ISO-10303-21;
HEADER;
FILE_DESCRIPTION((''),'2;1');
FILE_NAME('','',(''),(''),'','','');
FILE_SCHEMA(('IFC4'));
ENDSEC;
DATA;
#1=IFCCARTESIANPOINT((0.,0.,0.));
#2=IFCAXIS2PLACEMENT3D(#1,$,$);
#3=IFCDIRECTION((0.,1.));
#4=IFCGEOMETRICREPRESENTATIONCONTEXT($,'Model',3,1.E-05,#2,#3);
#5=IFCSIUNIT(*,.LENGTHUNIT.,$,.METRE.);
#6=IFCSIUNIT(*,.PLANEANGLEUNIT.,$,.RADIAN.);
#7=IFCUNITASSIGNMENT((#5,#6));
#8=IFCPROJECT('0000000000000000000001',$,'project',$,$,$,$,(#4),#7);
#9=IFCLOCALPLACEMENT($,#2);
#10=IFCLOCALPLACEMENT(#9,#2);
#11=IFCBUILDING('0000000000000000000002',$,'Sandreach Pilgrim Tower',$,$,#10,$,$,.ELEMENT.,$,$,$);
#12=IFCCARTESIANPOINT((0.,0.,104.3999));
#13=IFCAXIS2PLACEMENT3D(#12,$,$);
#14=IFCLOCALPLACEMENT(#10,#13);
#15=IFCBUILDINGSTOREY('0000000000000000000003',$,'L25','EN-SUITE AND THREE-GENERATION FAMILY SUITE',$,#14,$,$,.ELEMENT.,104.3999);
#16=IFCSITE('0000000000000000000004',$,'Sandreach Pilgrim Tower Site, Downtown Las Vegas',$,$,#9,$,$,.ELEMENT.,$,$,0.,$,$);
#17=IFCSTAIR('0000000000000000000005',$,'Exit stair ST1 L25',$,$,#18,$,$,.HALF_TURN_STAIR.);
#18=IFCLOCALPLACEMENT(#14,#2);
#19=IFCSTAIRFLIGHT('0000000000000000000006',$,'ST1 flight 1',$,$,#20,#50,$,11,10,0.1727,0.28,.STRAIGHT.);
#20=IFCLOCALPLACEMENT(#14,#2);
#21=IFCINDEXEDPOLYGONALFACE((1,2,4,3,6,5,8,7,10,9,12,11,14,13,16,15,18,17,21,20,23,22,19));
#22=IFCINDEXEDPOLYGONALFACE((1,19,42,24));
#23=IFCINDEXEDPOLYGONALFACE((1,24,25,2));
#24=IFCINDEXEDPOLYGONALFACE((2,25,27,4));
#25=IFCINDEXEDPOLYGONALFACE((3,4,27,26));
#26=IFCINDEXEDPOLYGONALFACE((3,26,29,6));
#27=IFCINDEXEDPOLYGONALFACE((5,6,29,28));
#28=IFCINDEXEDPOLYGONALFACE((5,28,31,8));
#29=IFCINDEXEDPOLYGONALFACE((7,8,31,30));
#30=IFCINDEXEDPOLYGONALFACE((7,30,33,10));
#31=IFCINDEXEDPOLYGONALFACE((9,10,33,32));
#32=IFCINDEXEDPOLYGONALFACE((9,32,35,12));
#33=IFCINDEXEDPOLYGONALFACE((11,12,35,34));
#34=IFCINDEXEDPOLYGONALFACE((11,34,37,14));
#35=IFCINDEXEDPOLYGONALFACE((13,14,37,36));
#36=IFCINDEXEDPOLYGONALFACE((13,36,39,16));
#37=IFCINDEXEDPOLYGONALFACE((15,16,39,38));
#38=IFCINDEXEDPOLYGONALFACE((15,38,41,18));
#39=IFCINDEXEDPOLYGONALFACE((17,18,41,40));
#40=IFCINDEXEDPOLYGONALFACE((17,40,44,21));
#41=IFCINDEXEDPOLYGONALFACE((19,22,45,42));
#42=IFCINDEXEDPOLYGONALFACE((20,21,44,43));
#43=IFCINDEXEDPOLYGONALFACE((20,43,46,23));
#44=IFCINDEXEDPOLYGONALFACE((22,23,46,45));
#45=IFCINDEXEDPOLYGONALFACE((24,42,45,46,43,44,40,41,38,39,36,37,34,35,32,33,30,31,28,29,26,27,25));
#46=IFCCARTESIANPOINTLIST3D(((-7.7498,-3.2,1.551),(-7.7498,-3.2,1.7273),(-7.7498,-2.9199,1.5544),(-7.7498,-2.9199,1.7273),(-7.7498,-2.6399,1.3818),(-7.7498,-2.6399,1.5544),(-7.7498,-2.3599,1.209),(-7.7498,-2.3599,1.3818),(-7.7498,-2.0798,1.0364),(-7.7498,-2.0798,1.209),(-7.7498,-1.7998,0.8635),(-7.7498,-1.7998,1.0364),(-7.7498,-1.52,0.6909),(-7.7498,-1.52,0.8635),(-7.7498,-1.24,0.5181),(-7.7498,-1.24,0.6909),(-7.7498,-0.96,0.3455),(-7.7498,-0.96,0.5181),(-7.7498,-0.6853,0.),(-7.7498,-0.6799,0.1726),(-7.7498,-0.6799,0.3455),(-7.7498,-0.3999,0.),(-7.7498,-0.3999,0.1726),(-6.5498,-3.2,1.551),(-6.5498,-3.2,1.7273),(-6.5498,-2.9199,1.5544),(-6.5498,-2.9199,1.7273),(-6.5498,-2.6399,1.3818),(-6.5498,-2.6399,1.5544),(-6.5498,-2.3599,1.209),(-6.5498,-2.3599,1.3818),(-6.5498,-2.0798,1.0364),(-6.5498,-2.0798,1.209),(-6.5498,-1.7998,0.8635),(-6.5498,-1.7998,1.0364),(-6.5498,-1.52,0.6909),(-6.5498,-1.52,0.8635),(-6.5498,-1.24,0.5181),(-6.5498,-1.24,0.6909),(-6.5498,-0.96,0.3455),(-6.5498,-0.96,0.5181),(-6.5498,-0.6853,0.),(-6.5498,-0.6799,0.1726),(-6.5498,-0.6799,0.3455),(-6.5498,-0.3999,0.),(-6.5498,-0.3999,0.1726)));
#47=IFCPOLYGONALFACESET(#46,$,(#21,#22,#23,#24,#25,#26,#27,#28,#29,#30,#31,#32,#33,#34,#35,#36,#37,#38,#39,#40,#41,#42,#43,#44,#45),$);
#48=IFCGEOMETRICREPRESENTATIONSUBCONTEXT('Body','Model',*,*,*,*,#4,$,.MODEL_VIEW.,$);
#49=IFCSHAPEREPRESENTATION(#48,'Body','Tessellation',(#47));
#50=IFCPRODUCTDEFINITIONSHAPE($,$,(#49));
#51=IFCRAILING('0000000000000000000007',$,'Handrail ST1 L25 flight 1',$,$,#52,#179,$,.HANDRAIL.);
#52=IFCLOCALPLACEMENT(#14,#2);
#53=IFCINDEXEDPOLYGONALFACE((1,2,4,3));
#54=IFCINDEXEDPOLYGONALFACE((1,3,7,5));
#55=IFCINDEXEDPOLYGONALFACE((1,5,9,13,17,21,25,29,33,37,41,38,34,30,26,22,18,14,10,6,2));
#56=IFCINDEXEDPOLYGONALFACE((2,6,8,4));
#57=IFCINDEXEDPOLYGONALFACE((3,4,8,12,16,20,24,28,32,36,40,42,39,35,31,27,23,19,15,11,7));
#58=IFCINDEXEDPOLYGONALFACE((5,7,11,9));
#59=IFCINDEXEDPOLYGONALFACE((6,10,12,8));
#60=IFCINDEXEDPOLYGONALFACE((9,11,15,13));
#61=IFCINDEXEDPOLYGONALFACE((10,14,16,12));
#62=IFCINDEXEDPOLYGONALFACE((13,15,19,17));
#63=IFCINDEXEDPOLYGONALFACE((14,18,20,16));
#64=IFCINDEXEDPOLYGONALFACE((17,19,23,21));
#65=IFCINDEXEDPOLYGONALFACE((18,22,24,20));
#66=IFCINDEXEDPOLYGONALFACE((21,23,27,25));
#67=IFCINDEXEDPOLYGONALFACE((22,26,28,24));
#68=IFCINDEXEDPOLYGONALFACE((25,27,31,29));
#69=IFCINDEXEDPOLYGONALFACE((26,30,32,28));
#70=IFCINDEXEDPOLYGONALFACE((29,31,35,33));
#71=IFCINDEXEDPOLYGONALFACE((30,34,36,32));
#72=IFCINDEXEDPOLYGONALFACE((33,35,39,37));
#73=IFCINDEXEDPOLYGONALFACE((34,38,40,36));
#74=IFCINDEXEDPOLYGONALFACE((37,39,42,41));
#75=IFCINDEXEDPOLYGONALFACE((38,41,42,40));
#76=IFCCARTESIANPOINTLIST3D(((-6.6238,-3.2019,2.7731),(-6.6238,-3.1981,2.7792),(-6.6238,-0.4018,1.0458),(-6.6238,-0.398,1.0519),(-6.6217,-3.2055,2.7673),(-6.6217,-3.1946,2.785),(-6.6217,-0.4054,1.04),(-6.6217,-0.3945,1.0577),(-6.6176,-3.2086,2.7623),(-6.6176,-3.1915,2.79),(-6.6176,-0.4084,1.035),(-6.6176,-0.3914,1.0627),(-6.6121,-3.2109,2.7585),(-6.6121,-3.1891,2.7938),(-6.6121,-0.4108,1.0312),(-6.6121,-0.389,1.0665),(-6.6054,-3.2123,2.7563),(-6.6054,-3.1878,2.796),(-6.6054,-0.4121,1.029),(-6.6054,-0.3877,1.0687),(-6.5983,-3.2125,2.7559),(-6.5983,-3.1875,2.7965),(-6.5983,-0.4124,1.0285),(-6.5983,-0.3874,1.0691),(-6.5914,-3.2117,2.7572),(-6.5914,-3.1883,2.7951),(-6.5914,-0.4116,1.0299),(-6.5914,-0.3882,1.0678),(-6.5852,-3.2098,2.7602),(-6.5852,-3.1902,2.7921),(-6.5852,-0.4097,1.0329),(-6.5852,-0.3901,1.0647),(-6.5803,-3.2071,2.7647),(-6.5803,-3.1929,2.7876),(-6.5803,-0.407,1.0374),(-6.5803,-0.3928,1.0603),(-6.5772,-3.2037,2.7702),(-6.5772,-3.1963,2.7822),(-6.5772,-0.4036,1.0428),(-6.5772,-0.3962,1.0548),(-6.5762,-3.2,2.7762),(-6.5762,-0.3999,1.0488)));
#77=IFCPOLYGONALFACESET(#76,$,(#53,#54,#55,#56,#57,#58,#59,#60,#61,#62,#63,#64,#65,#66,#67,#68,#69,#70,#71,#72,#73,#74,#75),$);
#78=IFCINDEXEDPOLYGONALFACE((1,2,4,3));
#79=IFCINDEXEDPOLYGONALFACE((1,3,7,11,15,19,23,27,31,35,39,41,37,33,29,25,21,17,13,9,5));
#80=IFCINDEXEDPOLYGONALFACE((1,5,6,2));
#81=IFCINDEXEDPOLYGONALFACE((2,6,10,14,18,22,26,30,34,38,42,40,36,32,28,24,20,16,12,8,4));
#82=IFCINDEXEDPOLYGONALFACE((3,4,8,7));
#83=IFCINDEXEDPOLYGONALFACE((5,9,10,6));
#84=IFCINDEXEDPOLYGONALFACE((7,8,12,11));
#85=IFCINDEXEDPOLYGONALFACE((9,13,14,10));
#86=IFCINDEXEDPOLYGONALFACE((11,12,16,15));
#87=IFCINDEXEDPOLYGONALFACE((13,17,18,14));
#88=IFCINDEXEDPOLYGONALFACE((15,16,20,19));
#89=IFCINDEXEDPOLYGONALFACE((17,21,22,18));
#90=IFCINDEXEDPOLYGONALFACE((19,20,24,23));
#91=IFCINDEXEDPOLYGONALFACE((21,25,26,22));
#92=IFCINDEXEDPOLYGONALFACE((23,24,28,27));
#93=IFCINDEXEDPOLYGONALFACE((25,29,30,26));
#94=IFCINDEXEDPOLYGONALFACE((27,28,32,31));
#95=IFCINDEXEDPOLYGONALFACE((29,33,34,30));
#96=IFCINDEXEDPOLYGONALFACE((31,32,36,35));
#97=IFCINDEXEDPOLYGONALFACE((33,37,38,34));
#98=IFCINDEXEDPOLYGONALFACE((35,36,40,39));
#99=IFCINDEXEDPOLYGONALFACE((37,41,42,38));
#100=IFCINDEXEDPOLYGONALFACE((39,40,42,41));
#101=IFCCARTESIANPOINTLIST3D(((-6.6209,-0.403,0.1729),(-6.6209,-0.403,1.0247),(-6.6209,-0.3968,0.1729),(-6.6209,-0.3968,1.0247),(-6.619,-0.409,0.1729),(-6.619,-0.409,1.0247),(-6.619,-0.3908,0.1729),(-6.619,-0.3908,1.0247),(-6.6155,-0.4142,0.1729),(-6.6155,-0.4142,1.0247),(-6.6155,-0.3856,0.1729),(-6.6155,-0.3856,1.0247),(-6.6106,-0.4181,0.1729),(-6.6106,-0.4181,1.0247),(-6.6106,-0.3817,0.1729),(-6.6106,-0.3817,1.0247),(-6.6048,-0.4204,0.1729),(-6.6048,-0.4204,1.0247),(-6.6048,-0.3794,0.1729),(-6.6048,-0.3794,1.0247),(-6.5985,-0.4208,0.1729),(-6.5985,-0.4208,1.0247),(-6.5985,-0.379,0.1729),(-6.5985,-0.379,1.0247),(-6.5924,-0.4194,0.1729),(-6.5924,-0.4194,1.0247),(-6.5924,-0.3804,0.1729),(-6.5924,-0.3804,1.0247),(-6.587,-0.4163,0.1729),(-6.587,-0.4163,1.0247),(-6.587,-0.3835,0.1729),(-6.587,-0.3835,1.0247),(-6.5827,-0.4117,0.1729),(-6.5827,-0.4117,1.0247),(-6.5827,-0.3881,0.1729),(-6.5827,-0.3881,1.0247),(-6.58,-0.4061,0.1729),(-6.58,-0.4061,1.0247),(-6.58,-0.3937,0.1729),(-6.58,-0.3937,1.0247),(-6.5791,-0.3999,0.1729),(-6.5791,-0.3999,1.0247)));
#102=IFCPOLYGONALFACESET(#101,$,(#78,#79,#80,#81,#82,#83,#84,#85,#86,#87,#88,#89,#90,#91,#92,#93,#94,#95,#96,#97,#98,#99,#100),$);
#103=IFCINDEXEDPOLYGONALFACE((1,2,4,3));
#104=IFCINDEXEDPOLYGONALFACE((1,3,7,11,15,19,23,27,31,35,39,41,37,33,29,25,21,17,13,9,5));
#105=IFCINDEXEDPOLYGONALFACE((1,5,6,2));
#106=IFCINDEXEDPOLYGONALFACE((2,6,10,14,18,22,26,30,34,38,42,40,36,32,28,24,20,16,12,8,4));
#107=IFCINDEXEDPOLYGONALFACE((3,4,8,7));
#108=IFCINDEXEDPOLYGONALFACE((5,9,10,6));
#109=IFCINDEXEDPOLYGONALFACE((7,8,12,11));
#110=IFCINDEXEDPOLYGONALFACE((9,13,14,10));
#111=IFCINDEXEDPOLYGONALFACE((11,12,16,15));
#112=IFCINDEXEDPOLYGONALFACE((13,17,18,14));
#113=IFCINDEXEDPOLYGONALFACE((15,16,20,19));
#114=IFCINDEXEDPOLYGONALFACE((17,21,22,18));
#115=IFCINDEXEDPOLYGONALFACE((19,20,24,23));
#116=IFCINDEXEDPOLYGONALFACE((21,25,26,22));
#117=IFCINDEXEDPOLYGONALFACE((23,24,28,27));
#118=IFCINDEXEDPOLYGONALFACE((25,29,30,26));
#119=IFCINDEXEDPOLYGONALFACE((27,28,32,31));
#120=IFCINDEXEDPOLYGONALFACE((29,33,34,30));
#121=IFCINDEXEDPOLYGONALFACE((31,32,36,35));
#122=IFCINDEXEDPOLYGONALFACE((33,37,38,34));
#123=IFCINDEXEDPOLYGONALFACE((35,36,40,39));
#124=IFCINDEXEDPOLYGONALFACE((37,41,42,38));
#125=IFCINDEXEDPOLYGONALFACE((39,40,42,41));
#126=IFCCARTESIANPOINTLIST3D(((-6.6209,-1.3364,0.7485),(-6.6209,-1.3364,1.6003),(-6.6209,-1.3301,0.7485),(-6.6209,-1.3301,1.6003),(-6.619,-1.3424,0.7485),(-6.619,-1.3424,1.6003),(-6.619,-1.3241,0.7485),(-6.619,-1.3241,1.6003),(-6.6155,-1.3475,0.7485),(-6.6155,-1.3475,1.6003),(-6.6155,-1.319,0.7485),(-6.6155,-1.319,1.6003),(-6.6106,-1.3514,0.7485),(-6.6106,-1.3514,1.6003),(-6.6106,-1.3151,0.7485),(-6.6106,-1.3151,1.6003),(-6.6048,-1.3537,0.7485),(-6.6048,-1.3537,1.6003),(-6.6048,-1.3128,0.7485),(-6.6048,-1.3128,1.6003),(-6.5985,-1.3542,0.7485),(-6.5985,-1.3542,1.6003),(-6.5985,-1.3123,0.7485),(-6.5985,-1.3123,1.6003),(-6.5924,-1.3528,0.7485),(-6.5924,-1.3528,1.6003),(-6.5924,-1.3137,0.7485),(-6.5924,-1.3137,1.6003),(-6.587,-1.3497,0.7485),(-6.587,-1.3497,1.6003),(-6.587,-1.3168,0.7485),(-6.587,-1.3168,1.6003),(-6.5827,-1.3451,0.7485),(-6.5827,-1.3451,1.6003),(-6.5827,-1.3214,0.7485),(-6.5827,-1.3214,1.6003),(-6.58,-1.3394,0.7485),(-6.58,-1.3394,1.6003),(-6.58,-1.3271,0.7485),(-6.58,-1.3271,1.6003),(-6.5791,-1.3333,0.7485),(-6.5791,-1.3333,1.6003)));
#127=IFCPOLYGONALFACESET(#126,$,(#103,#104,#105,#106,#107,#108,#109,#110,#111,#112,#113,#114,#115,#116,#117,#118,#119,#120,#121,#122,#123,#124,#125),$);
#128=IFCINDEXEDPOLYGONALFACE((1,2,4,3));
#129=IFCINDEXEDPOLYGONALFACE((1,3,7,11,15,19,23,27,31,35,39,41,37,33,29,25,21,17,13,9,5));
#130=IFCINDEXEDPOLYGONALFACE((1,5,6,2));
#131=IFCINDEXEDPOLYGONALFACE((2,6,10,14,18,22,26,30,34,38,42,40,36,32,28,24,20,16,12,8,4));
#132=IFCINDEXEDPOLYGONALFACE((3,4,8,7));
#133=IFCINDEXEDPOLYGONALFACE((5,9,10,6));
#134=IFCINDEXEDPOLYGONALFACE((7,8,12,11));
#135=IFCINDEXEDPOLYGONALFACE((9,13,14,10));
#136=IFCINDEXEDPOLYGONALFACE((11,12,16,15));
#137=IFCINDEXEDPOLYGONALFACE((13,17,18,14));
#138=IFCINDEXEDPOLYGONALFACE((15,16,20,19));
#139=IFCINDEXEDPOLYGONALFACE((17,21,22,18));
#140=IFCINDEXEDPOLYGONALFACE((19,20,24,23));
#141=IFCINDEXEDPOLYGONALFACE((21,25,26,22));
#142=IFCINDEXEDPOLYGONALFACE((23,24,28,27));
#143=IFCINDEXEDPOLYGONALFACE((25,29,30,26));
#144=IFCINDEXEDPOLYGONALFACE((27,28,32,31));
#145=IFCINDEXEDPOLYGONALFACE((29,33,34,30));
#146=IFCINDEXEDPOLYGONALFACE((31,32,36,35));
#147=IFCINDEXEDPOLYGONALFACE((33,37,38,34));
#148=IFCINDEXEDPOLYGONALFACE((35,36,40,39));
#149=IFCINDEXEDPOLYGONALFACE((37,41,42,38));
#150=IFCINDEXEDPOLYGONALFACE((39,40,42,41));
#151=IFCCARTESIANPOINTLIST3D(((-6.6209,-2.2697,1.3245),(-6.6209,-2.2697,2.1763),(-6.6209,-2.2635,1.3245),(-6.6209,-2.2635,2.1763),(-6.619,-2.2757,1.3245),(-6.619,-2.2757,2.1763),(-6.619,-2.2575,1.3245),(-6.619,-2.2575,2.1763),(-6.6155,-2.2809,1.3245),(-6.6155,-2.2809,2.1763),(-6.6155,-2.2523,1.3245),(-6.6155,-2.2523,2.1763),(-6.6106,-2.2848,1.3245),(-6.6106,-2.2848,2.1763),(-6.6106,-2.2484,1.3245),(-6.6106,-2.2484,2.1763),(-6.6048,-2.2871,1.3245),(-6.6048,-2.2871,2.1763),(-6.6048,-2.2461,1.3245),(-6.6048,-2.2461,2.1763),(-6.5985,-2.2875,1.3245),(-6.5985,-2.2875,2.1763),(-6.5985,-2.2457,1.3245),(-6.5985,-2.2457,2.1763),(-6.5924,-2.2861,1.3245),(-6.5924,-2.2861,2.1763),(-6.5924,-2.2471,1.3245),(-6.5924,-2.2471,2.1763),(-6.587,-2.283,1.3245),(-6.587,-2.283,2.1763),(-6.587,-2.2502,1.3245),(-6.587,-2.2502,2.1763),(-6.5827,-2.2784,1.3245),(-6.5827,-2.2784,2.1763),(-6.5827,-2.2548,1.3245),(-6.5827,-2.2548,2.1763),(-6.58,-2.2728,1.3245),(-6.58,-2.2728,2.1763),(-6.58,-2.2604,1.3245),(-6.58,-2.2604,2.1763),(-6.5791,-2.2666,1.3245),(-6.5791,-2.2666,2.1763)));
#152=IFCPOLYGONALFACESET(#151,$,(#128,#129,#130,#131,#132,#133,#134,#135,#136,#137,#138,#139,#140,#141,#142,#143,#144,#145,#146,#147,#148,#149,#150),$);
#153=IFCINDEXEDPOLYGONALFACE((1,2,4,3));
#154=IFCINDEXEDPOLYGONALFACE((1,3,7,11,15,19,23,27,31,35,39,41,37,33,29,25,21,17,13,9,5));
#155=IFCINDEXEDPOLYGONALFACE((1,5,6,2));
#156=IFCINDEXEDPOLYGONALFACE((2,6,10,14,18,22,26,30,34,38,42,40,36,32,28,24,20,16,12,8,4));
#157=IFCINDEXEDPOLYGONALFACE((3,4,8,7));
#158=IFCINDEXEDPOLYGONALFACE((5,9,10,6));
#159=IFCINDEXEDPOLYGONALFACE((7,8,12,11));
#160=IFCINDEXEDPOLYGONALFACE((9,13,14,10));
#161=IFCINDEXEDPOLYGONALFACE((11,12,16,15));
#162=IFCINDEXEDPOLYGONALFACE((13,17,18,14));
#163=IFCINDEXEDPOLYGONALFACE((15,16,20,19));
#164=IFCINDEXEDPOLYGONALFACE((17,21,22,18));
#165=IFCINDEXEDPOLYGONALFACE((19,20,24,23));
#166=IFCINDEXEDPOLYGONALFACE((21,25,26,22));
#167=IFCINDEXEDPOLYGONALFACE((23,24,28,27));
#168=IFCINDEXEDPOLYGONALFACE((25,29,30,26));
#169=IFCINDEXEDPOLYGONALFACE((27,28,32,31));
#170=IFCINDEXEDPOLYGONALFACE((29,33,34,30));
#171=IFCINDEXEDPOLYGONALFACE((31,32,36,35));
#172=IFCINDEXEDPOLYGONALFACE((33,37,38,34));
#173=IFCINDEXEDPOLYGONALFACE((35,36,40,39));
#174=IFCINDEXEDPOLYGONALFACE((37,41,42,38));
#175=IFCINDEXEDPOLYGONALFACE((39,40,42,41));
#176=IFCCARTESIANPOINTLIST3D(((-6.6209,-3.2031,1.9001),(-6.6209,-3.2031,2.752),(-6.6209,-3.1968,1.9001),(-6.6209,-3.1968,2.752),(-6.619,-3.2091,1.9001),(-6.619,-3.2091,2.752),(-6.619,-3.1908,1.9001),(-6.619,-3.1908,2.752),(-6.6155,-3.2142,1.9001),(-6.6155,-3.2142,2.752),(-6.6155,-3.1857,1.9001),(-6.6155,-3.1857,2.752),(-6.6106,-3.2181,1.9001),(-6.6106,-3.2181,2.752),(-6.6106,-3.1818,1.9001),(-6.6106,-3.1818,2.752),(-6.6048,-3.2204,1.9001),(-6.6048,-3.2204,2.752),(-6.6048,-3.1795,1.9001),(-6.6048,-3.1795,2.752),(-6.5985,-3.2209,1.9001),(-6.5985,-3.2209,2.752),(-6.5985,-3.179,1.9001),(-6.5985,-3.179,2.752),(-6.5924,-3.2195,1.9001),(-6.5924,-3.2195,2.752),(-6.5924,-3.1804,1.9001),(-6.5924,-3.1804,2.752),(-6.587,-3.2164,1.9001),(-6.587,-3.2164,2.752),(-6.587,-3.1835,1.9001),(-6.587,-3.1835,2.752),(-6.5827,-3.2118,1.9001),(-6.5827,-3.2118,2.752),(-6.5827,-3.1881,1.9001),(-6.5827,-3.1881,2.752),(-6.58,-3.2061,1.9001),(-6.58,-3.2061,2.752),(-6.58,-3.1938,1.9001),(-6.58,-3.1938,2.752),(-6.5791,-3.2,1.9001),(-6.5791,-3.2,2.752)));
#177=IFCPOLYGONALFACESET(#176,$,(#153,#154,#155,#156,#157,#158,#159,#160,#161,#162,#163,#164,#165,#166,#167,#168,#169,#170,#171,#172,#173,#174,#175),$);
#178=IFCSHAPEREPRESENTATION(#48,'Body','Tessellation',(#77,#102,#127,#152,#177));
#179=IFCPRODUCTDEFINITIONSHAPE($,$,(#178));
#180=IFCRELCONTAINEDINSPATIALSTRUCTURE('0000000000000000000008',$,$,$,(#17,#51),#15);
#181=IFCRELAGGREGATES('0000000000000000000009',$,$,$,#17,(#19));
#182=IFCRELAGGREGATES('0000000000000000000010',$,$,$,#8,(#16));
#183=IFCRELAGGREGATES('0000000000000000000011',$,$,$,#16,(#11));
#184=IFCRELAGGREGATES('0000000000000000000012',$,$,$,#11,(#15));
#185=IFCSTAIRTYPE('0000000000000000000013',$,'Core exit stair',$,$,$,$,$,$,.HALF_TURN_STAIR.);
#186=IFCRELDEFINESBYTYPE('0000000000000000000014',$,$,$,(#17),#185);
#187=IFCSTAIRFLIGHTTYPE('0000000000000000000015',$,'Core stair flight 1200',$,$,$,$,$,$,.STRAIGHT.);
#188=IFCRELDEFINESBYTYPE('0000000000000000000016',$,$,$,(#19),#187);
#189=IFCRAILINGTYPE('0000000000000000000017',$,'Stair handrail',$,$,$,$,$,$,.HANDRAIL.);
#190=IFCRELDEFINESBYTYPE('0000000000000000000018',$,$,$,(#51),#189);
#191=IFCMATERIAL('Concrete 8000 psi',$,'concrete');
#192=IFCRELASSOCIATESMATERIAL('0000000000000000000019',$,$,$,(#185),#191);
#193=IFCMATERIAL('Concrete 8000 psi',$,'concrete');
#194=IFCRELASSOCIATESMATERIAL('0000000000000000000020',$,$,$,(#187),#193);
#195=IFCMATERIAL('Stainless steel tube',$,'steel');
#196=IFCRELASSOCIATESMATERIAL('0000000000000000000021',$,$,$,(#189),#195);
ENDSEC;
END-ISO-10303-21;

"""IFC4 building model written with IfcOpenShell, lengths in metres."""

from ifc_helpers import new_model, si_unit, direction, frame, origin, origin_2d, place, context, subcontext, project, spatial, polyline, circle, outline, extrude, material, type_object, element, aggregate, save


model = new_model("IFC4")

# Units and contexts
model_context = context("Model", 3, precision=1e-05, world=origin(), true_north=direction((0.0, 1.0)))
body_context = subcontext(model_context, "Body", "Model", "MODEL_VIEW")
ifc_project = project(units=[si_unit("LENGTHUNIT", "METRE"), si_unit("PLANEANGLEUNIT", "RADIAN")], contexts=[model_context])

# Site, building, storey
site_placement = place(None, origin())
site = spatial("IfcSite", under=ifc_project, at=site_placement, Name="Sandreach Pilgrim Tower Site, Downtown Las Vegas", CompositionType="ELEMENT", RefElevation=0.0)
building_placement = place(site_placement, origin())
building = spatial("IfcBuilding", under=site, at=building_placement, Name="Sandreach Pilgrim Tower", CompositionType="ELEMENT")
storey_placement = place(building_placement, frame((0.0, 0.0, 104.3999)))
storey = spatial("IfcBuildingStorey", under=building, at=storey_placement, Name="L25", Description="EN-SUITE AND THREE-GENERATION FAMILY SUITE", CompositionType="ELEMENT", Elevation=104.3999)

# Stair, stair flight
ifc_material_1 = material(Name="Concrete 8000 psi", Category="concrete")
stair_type = type_object("IfcStairType", Name="Core exit stair", PredefinedType="HALF_TURN_STAIR", material=ifc_material_1)
stair_placement = place(storey_placement, origin())
stair = element("IfcStair", 1, at=stair_placement, inside=storey, type_object=stair_type, Name="Exit stair ST1 L25", PredefinedType="HALF_TURN_STAIR")
ifc_material_2 = material(Name="Concrete 8000 psi", Category="concrete")
stair_flight_type = type_object("IfcStairFlightType", Name="Core stair flight 1200", PredefinedType="STRAIGHT", material=ifc_material_2)
stair_flight_placement = place(storey_placement, frame((-7.1499, -0.3999, 0.0), z_axis=(0.0, 0.0, 1.0), x_axis=(0.0, -1.0, 0.0)))
stair_flight = element("IfcStairFlight", 2, at=stair_flight_placement, type_object=stair_flight_type, Name="ST1 flight 1", NumberOfRisers=11, NumberOfTreads=10, PredefinedType="STRAIGHT", RiserHeight=0.1727, TreadLength=0.28, context=body_context, shape_type="SweptSolid", body=[
    extrude(outline(polyline([(0.0, 0.0), (0.0, 0.1726), (0.28, 0.1726), (0.28, 0.3455), (0.5601, 0.3455), (0.5601, 0.5181), (0.8401, 0.5181), (0.8401, 0.6909), (1.1201, 0.6909), (1.1201, 0.8635), (1.3999, 0.8635), (1.3999, 1.0364), (1.6799, 1.0364), (1.6799, 1.209), (1.96, 1.209), (1.96, 1.3818), (2.24, 1.3818), (2.24, 1.5544), (2.52, 1.5544), (2.52, 1.7273), (2.8, 1.7273), (2.8, 1.8999), (2.8, 1.551), (0.2854, 0.0), (0.0, 0.0)])), frame((0.0, 0.6001, 0.0), z_axis=(0.0, -1.0, 0.0), x_axis=(1.0, 0.0, 0.0)), (0.0, 0.0, 1.0), 1.2),
])
aggregate(stair, [stair_flight])

# Railing
ifc_material_3 = material(Name="Stainless steel tube", Category="steel")
railing_type = type_object("IfcRailingType", Name="Stair handrail", PredefinedType="HANDRAIL", material=ifc_material_3)
for number, where, name in (
    (3, (-6.6001, -0.3999, 0.1729), "Handrail ST1 L25 flight 1"),
):
    element("IfcRailing", number, at=place(storey_placement, frame(where)), inside=storey, type_object=railing_type, Name=name, PredefinedType="HANDRAIL", context=body_context, shape_type="SweptSolid", body=[
        extrude(circle(Radius=0.0239, at=origin_2d()), frame((0.0, 0.0, 0.876), z_axis=(0.0, -0.85109, 0.52502), x_axis=(1.0, 0.0, 0.0)), (0.0, 0.0, 1.0), 3.29),
        extrude(circle(Radius=0.021, at=origin_2d()), origin(), (0.0, 0.0, 1.0), 0.8518),
        extrude(circle(Radius=0.021, at=origin_2d()), frame((0.0, -0.9333, 0.5757)), (0.0, 0.0, 1.0), 0.8518),
        extrude(circle(Radius=0.021, at=origin_2d()), frame((0.0, -1.8667, 1.1516)), (0.0, 0.0, 1.0), 0.8518),
        extrude(circle(Radius=0.021, at=origin_2d()), frame((0.0, -2.8, 1.7273)), (0.0, 0.0, 1.0), 0.8518),
    ])

save(model, "model.ifc")
